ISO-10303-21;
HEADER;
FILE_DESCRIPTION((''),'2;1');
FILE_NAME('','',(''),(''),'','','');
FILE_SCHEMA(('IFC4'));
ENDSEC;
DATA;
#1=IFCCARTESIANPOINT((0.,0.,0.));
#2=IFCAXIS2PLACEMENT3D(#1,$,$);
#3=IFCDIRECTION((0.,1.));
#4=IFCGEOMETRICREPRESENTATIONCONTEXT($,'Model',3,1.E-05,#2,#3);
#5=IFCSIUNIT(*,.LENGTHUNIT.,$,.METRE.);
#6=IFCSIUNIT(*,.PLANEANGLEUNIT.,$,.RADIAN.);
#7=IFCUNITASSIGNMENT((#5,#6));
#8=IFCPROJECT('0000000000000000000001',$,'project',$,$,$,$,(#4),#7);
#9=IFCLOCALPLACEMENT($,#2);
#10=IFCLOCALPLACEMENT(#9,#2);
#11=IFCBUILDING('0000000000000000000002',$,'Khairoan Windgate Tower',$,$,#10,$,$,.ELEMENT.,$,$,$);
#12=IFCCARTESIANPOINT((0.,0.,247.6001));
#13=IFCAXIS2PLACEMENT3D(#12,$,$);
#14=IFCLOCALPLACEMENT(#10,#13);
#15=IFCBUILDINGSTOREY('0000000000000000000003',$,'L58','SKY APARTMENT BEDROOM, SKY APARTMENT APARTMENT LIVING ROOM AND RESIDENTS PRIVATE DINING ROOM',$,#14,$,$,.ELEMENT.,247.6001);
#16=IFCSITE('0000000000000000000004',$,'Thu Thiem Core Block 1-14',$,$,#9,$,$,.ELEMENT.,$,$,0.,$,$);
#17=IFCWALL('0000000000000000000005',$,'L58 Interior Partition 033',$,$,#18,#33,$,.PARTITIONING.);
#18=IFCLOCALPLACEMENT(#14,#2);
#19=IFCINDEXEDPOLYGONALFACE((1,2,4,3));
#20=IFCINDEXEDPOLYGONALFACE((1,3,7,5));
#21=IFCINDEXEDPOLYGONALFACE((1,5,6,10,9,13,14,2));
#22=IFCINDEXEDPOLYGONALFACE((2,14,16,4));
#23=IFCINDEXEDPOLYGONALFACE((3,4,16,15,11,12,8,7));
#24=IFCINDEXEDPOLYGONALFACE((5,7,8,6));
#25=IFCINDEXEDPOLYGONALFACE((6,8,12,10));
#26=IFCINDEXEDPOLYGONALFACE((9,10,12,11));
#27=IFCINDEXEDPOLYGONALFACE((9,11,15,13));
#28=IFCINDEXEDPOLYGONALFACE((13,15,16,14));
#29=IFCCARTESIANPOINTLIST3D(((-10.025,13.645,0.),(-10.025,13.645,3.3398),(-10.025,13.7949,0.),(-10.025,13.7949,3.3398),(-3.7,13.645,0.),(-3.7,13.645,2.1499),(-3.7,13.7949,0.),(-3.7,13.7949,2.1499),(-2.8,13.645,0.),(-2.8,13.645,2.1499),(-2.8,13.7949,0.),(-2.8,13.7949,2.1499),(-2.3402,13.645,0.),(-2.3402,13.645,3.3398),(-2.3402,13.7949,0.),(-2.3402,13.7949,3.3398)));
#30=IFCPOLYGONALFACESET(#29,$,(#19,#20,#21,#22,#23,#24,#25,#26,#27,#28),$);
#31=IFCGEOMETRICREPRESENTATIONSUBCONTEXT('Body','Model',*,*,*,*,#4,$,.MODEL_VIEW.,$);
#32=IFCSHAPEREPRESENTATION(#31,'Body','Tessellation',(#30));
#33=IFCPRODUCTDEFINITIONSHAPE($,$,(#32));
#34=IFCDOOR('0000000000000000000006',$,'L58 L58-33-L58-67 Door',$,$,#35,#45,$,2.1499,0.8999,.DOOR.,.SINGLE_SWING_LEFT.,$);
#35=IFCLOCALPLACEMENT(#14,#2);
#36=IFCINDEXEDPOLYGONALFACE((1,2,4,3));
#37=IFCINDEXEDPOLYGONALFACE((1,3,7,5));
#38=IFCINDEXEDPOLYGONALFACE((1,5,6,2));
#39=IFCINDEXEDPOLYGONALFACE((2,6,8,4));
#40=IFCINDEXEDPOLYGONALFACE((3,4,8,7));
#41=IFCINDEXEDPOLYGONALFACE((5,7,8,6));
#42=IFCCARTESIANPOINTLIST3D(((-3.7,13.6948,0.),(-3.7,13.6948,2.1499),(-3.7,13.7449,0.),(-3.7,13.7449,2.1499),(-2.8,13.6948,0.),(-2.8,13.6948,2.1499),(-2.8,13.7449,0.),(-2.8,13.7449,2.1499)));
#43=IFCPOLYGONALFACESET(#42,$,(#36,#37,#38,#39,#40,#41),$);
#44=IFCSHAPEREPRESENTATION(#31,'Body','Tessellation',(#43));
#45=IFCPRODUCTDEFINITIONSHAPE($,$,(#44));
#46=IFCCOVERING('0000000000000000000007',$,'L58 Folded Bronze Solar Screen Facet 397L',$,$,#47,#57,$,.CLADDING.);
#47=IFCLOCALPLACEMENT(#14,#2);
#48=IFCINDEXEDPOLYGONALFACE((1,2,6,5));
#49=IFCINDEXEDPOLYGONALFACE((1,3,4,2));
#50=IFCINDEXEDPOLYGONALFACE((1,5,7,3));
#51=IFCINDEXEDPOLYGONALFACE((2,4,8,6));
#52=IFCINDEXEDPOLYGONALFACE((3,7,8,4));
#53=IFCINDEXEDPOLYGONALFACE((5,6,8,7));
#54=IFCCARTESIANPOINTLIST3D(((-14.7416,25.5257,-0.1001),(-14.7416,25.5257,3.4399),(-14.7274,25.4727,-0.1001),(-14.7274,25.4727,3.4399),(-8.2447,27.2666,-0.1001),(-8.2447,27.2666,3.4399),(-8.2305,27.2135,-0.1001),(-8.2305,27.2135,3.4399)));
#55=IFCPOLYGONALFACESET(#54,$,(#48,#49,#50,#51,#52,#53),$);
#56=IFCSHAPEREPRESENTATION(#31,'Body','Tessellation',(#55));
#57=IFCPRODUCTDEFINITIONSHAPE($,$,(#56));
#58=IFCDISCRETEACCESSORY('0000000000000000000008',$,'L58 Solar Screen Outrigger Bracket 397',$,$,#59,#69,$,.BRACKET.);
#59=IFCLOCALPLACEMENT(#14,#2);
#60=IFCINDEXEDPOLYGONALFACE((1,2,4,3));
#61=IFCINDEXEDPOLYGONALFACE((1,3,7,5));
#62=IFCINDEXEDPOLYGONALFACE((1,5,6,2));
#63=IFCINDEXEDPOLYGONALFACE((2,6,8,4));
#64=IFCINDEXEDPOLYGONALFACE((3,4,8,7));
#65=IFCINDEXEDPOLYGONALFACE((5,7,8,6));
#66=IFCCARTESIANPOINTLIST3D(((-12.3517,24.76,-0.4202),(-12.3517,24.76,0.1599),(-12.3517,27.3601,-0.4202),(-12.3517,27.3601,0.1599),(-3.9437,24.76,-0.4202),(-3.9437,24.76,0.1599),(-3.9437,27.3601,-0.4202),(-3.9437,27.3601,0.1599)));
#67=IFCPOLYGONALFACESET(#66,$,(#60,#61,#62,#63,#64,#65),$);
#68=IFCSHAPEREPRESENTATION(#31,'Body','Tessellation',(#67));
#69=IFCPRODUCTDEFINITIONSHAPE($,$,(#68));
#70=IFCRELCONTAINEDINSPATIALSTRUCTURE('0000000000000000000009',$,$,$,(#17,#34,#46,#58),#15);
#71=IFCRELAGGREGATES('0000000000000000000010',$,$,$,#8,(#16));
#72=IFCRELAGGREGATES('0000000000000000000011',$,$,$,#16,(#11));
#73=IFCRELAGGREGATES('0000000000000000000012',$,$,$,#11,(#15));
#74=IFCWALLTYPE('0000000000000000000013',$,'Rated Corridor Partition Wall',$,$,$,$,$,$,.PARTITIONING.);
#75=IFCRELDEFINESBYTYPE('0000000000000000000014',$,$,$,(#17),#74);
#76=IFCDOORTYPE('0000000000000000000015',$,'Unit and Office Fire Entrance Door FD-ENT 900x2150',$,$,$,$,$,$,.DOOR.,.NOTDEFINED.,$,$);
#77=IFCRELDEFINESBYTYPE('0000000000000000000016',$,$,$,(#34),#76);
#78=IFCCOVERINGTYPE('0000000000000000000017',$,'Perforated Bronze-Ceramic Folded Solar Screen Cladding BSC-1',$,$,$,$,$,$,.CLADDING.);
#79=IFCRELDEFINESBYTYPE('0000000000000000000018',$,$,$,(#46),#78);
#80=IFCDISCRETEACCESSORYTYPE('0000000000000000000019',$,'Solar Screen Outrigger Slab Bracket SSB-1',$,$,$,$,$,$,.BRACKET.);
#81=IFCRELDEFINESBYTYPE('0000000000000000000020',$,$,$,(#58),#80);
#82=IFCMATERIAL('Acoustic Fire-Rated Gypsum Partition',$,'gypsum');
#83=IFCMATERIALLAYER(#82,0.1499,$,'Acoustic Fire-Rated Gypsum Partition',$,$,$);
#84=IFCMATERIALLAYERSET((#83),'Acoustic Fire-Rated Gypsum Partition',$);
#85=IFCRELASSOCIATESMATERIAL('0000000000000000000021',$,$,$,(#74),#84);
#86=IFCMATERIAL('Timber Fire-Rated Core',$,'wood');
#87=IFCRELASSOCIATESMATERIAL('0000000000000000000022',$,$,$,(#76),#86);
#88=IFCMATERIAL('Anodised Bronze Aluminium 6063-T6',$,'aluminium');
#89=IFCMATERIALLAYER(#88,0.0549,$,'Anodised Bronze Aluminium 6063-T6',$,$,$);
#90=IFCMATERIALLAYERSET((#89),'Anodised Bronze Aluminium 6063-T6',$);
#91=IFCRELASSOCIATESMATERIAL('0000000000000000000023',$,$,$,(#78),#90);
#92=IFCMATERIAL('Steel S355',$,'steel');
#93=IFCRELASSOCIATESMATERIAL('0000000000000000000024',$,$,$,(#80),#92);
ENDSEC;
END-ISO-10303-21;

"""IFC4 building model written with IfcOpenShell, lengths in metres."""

from ifc_helpers import new_model, si_unit, direction, frame, frame_2d, origin, origin_2d, place, context, subcontext, project, spatial, rectangle, extrude, material, layer, layer_set, type_object, element, fill, save


model = new_model("IFC4")

# Units and contexts
model_context = context("Model", 3, precision=1e-05, world=origin(), true_north=direction((0.0, 1.0)))
body_context = subcontext(model_context, "Body", "Model", "MODEL_VIEW")
ifc_project = project(units=[si_unit("LENGTHUNIT", "METRE"), si_unit("PLANEANGLEUNIT", "RADIAN")], contexts=[model_context])

# Site, building, storey
site_placement = place(None, origin())
site = spatial("IfcSite", under=ifc_project, at=site_placement, Name="Thu Thiem Core Block 1-14", CompositionType="ELEMENT", RefElevation=0.0)
building_placement = place(site_placement, origin())
building = spatial("IfcBuilding", under=site, at=building_placement, Name="Khairoan Windgate Tower", CompositionType="ELEMENT")
storey_placement = place(building_placement, frame((0.0, 0.0, 247.6001)))
storey = spatial("IfcBuildingStorey", under=building, at=storey_placement, Name="L58", Description="SKY APARTMENT BEDROOM, SKY APARTMENT APARTMENT LIVING ROOM AND RESIDENTS PRIVATE DINING ROOM", CompositionType="ELEMENT", Elevation=247.6001)

# Shared definitions
ifc_material_1 = material(Name="Acoustic Fire-Rated Gypsum Partition", Category="gypsum")
ifc_layer_1 = layer(ifc_material_1, 0.1499, Name="Acoustic Fire-Rated Gypsum Partition")
ifc_layer_set_1 = layer_set([ifc_layer_1], Name="Acoustic Fire-Rated Gypsum Partition")
wall_type_1 = type_object("IfcWallType", Name="Rated Corridor Partition Wall", PredefinedType="PARTITIONING", material=ifc_layer_set_1)

# Wall, opening, door
ifc_material_2 = material(Name="Timber Fire-Rated Core", Category="wood")
door_type_1 = type_object("IfcDoorType", Name="Unit and Office Fire Entrance Door FD-ENT 900x2150", OperationType="NOTDEFINED", PredefinedType="DOOR", material=ifc_material_2)
wall_1_placement = place(storey_placement, frame((-10.0249, 13.72, 0.0), z_axis=(0.0, 0.0, 1.0), x_axis=(1.0, 0.0, 0.0)))
wall_1 = element("IfcWall", 1, at=wall_1_placement, inside=storey, type_object=wall_type_1, Name="L58 Interior Partition 033", PredefinedType="PARTITIONING", context=body_context, shape_type="SweptSolid", body=[
    extrude(rectangle(XDim=7.6848, YDim=0.1499, at=frame_2d((3.8423, 0.0))), origin(), (0.0, 0.0, 1.0), 3.3398),
])
opening_1_placement = place(wall_1_placement, frame((6.325, 0.0, 0.0)))
opening_1 = element("IfcOpeningElement", 2, at=opening_1_placement, cuts=wall_1, PredefinedType="OPENING", context=body_context, shape_type="SweptSolid", body=[
    extrude(rectangle(XDim=0.8999, YDim=2.1499, at=frame_2d((0.45, 1.075))), frame((0.0, 0.085, 0.0), z_axis=(0.0, -1.0, 0.0), x_axis=(1.0, 0.0, 0.0)), (0.0, 0.0, 1.0), 0.1699),
])
door_1_placement = place(opening_1_placement, origin())
door_1 = element("IfcDoor", 3, at=door_1_placement, inside=storey, type_object=door_type_1, Name="L58 L58-33-L58-67 Door", OperationType="SINGLE_SWING_LEFT", OverallHeight=2.1499, OverallWidth=0.8999, PredefinedType="DOOR", context=body_context, shape_type="SweptSolid", body=[
    extrude(rectangle(XDim=0.8999, YDim=2.1499, at=frame_2d((0.45, 1.075))), frame((0.0, 0.0249, 0.0), z_axis=(0.0, -1.0, 0.0), x_axis=(1.0, 0.0, 0.0)), (0.0, 0.0, 1.0), 0.05),
])
fill(opening_1, door_1)

# Covering
ifc_material_3 = material(Name="Anodised Bronze Aluminium 6063-T6", Category="aluminium")
ifc_layer_2 = layer(ifc_material_3, 0.0549, Name="Anodised Bronze Aluminium 6063-T6")
ifc_layer_set_2 = layer_set([ifc_layer_2], Name="Anodised Bronze Aluminium 6063-T6")
covering_type = type_object("IfcCoveringType", Name="Perforated Bronze-Ceramic Folded Solar Screen Cladding BSC-1", PredefinedType="CLADDING", material=ifc_layer_set_2)
covering_placement = place(storey_placement, frame((-11.4861, 26.3696, -0.1001), z_axis=(0.0, 0.0, 1.0), x_axis=(0.965926, 0.258819, 0.0)))
element("IfcCovering", 4, at=covering_placement, inside=storey, type_object=covering_type, Name="L58 Folded Bronze Solar Screen Facet 397L", PredefinedType="CLADDING", context=body_context, shape_type="SweptSolid", body=[
    extrude(rectangle(XDim=6.7261, YDim=0.0549, at=origin_2d()), origin(), (0.0, 0.0, 1.0), 3.54),
])

# Discrete accessory
ifc_material_4 = material(Name="Steel S355", Category="steel")
discrete_accessory_type = type_object("IfcDiscreteAccessoryType", Name="Solar Screen Outrigger Slab Bracket SSB-1", PredefinedType="BRACKET", material=ifc_material_4)
discrete_accessory_placement = place(storey_placement, frame((-8.1477, 26.0601, -0.4202), z_axis=(0.0, 0.0, 1.0), x_axis=(1.0, 0.0, 0.0)))
element("IfcDiscreteAccessory", 5, at=discrete_accessory_placement, inside=storey, type_object=discrete_accessory_type, Name="L58 Solar Screen Outrigger Bracket 397", PredefinedType="BRACKET", context=body_context, shape_type="SweptSolid", body=[
    extrude(rectangle(XDim=8.408, YDim=2.6001, at=origin_2d()), origin(), (0.0, 0.0, 1.0), 0.5801),
])

save(model, "model.ifc")
